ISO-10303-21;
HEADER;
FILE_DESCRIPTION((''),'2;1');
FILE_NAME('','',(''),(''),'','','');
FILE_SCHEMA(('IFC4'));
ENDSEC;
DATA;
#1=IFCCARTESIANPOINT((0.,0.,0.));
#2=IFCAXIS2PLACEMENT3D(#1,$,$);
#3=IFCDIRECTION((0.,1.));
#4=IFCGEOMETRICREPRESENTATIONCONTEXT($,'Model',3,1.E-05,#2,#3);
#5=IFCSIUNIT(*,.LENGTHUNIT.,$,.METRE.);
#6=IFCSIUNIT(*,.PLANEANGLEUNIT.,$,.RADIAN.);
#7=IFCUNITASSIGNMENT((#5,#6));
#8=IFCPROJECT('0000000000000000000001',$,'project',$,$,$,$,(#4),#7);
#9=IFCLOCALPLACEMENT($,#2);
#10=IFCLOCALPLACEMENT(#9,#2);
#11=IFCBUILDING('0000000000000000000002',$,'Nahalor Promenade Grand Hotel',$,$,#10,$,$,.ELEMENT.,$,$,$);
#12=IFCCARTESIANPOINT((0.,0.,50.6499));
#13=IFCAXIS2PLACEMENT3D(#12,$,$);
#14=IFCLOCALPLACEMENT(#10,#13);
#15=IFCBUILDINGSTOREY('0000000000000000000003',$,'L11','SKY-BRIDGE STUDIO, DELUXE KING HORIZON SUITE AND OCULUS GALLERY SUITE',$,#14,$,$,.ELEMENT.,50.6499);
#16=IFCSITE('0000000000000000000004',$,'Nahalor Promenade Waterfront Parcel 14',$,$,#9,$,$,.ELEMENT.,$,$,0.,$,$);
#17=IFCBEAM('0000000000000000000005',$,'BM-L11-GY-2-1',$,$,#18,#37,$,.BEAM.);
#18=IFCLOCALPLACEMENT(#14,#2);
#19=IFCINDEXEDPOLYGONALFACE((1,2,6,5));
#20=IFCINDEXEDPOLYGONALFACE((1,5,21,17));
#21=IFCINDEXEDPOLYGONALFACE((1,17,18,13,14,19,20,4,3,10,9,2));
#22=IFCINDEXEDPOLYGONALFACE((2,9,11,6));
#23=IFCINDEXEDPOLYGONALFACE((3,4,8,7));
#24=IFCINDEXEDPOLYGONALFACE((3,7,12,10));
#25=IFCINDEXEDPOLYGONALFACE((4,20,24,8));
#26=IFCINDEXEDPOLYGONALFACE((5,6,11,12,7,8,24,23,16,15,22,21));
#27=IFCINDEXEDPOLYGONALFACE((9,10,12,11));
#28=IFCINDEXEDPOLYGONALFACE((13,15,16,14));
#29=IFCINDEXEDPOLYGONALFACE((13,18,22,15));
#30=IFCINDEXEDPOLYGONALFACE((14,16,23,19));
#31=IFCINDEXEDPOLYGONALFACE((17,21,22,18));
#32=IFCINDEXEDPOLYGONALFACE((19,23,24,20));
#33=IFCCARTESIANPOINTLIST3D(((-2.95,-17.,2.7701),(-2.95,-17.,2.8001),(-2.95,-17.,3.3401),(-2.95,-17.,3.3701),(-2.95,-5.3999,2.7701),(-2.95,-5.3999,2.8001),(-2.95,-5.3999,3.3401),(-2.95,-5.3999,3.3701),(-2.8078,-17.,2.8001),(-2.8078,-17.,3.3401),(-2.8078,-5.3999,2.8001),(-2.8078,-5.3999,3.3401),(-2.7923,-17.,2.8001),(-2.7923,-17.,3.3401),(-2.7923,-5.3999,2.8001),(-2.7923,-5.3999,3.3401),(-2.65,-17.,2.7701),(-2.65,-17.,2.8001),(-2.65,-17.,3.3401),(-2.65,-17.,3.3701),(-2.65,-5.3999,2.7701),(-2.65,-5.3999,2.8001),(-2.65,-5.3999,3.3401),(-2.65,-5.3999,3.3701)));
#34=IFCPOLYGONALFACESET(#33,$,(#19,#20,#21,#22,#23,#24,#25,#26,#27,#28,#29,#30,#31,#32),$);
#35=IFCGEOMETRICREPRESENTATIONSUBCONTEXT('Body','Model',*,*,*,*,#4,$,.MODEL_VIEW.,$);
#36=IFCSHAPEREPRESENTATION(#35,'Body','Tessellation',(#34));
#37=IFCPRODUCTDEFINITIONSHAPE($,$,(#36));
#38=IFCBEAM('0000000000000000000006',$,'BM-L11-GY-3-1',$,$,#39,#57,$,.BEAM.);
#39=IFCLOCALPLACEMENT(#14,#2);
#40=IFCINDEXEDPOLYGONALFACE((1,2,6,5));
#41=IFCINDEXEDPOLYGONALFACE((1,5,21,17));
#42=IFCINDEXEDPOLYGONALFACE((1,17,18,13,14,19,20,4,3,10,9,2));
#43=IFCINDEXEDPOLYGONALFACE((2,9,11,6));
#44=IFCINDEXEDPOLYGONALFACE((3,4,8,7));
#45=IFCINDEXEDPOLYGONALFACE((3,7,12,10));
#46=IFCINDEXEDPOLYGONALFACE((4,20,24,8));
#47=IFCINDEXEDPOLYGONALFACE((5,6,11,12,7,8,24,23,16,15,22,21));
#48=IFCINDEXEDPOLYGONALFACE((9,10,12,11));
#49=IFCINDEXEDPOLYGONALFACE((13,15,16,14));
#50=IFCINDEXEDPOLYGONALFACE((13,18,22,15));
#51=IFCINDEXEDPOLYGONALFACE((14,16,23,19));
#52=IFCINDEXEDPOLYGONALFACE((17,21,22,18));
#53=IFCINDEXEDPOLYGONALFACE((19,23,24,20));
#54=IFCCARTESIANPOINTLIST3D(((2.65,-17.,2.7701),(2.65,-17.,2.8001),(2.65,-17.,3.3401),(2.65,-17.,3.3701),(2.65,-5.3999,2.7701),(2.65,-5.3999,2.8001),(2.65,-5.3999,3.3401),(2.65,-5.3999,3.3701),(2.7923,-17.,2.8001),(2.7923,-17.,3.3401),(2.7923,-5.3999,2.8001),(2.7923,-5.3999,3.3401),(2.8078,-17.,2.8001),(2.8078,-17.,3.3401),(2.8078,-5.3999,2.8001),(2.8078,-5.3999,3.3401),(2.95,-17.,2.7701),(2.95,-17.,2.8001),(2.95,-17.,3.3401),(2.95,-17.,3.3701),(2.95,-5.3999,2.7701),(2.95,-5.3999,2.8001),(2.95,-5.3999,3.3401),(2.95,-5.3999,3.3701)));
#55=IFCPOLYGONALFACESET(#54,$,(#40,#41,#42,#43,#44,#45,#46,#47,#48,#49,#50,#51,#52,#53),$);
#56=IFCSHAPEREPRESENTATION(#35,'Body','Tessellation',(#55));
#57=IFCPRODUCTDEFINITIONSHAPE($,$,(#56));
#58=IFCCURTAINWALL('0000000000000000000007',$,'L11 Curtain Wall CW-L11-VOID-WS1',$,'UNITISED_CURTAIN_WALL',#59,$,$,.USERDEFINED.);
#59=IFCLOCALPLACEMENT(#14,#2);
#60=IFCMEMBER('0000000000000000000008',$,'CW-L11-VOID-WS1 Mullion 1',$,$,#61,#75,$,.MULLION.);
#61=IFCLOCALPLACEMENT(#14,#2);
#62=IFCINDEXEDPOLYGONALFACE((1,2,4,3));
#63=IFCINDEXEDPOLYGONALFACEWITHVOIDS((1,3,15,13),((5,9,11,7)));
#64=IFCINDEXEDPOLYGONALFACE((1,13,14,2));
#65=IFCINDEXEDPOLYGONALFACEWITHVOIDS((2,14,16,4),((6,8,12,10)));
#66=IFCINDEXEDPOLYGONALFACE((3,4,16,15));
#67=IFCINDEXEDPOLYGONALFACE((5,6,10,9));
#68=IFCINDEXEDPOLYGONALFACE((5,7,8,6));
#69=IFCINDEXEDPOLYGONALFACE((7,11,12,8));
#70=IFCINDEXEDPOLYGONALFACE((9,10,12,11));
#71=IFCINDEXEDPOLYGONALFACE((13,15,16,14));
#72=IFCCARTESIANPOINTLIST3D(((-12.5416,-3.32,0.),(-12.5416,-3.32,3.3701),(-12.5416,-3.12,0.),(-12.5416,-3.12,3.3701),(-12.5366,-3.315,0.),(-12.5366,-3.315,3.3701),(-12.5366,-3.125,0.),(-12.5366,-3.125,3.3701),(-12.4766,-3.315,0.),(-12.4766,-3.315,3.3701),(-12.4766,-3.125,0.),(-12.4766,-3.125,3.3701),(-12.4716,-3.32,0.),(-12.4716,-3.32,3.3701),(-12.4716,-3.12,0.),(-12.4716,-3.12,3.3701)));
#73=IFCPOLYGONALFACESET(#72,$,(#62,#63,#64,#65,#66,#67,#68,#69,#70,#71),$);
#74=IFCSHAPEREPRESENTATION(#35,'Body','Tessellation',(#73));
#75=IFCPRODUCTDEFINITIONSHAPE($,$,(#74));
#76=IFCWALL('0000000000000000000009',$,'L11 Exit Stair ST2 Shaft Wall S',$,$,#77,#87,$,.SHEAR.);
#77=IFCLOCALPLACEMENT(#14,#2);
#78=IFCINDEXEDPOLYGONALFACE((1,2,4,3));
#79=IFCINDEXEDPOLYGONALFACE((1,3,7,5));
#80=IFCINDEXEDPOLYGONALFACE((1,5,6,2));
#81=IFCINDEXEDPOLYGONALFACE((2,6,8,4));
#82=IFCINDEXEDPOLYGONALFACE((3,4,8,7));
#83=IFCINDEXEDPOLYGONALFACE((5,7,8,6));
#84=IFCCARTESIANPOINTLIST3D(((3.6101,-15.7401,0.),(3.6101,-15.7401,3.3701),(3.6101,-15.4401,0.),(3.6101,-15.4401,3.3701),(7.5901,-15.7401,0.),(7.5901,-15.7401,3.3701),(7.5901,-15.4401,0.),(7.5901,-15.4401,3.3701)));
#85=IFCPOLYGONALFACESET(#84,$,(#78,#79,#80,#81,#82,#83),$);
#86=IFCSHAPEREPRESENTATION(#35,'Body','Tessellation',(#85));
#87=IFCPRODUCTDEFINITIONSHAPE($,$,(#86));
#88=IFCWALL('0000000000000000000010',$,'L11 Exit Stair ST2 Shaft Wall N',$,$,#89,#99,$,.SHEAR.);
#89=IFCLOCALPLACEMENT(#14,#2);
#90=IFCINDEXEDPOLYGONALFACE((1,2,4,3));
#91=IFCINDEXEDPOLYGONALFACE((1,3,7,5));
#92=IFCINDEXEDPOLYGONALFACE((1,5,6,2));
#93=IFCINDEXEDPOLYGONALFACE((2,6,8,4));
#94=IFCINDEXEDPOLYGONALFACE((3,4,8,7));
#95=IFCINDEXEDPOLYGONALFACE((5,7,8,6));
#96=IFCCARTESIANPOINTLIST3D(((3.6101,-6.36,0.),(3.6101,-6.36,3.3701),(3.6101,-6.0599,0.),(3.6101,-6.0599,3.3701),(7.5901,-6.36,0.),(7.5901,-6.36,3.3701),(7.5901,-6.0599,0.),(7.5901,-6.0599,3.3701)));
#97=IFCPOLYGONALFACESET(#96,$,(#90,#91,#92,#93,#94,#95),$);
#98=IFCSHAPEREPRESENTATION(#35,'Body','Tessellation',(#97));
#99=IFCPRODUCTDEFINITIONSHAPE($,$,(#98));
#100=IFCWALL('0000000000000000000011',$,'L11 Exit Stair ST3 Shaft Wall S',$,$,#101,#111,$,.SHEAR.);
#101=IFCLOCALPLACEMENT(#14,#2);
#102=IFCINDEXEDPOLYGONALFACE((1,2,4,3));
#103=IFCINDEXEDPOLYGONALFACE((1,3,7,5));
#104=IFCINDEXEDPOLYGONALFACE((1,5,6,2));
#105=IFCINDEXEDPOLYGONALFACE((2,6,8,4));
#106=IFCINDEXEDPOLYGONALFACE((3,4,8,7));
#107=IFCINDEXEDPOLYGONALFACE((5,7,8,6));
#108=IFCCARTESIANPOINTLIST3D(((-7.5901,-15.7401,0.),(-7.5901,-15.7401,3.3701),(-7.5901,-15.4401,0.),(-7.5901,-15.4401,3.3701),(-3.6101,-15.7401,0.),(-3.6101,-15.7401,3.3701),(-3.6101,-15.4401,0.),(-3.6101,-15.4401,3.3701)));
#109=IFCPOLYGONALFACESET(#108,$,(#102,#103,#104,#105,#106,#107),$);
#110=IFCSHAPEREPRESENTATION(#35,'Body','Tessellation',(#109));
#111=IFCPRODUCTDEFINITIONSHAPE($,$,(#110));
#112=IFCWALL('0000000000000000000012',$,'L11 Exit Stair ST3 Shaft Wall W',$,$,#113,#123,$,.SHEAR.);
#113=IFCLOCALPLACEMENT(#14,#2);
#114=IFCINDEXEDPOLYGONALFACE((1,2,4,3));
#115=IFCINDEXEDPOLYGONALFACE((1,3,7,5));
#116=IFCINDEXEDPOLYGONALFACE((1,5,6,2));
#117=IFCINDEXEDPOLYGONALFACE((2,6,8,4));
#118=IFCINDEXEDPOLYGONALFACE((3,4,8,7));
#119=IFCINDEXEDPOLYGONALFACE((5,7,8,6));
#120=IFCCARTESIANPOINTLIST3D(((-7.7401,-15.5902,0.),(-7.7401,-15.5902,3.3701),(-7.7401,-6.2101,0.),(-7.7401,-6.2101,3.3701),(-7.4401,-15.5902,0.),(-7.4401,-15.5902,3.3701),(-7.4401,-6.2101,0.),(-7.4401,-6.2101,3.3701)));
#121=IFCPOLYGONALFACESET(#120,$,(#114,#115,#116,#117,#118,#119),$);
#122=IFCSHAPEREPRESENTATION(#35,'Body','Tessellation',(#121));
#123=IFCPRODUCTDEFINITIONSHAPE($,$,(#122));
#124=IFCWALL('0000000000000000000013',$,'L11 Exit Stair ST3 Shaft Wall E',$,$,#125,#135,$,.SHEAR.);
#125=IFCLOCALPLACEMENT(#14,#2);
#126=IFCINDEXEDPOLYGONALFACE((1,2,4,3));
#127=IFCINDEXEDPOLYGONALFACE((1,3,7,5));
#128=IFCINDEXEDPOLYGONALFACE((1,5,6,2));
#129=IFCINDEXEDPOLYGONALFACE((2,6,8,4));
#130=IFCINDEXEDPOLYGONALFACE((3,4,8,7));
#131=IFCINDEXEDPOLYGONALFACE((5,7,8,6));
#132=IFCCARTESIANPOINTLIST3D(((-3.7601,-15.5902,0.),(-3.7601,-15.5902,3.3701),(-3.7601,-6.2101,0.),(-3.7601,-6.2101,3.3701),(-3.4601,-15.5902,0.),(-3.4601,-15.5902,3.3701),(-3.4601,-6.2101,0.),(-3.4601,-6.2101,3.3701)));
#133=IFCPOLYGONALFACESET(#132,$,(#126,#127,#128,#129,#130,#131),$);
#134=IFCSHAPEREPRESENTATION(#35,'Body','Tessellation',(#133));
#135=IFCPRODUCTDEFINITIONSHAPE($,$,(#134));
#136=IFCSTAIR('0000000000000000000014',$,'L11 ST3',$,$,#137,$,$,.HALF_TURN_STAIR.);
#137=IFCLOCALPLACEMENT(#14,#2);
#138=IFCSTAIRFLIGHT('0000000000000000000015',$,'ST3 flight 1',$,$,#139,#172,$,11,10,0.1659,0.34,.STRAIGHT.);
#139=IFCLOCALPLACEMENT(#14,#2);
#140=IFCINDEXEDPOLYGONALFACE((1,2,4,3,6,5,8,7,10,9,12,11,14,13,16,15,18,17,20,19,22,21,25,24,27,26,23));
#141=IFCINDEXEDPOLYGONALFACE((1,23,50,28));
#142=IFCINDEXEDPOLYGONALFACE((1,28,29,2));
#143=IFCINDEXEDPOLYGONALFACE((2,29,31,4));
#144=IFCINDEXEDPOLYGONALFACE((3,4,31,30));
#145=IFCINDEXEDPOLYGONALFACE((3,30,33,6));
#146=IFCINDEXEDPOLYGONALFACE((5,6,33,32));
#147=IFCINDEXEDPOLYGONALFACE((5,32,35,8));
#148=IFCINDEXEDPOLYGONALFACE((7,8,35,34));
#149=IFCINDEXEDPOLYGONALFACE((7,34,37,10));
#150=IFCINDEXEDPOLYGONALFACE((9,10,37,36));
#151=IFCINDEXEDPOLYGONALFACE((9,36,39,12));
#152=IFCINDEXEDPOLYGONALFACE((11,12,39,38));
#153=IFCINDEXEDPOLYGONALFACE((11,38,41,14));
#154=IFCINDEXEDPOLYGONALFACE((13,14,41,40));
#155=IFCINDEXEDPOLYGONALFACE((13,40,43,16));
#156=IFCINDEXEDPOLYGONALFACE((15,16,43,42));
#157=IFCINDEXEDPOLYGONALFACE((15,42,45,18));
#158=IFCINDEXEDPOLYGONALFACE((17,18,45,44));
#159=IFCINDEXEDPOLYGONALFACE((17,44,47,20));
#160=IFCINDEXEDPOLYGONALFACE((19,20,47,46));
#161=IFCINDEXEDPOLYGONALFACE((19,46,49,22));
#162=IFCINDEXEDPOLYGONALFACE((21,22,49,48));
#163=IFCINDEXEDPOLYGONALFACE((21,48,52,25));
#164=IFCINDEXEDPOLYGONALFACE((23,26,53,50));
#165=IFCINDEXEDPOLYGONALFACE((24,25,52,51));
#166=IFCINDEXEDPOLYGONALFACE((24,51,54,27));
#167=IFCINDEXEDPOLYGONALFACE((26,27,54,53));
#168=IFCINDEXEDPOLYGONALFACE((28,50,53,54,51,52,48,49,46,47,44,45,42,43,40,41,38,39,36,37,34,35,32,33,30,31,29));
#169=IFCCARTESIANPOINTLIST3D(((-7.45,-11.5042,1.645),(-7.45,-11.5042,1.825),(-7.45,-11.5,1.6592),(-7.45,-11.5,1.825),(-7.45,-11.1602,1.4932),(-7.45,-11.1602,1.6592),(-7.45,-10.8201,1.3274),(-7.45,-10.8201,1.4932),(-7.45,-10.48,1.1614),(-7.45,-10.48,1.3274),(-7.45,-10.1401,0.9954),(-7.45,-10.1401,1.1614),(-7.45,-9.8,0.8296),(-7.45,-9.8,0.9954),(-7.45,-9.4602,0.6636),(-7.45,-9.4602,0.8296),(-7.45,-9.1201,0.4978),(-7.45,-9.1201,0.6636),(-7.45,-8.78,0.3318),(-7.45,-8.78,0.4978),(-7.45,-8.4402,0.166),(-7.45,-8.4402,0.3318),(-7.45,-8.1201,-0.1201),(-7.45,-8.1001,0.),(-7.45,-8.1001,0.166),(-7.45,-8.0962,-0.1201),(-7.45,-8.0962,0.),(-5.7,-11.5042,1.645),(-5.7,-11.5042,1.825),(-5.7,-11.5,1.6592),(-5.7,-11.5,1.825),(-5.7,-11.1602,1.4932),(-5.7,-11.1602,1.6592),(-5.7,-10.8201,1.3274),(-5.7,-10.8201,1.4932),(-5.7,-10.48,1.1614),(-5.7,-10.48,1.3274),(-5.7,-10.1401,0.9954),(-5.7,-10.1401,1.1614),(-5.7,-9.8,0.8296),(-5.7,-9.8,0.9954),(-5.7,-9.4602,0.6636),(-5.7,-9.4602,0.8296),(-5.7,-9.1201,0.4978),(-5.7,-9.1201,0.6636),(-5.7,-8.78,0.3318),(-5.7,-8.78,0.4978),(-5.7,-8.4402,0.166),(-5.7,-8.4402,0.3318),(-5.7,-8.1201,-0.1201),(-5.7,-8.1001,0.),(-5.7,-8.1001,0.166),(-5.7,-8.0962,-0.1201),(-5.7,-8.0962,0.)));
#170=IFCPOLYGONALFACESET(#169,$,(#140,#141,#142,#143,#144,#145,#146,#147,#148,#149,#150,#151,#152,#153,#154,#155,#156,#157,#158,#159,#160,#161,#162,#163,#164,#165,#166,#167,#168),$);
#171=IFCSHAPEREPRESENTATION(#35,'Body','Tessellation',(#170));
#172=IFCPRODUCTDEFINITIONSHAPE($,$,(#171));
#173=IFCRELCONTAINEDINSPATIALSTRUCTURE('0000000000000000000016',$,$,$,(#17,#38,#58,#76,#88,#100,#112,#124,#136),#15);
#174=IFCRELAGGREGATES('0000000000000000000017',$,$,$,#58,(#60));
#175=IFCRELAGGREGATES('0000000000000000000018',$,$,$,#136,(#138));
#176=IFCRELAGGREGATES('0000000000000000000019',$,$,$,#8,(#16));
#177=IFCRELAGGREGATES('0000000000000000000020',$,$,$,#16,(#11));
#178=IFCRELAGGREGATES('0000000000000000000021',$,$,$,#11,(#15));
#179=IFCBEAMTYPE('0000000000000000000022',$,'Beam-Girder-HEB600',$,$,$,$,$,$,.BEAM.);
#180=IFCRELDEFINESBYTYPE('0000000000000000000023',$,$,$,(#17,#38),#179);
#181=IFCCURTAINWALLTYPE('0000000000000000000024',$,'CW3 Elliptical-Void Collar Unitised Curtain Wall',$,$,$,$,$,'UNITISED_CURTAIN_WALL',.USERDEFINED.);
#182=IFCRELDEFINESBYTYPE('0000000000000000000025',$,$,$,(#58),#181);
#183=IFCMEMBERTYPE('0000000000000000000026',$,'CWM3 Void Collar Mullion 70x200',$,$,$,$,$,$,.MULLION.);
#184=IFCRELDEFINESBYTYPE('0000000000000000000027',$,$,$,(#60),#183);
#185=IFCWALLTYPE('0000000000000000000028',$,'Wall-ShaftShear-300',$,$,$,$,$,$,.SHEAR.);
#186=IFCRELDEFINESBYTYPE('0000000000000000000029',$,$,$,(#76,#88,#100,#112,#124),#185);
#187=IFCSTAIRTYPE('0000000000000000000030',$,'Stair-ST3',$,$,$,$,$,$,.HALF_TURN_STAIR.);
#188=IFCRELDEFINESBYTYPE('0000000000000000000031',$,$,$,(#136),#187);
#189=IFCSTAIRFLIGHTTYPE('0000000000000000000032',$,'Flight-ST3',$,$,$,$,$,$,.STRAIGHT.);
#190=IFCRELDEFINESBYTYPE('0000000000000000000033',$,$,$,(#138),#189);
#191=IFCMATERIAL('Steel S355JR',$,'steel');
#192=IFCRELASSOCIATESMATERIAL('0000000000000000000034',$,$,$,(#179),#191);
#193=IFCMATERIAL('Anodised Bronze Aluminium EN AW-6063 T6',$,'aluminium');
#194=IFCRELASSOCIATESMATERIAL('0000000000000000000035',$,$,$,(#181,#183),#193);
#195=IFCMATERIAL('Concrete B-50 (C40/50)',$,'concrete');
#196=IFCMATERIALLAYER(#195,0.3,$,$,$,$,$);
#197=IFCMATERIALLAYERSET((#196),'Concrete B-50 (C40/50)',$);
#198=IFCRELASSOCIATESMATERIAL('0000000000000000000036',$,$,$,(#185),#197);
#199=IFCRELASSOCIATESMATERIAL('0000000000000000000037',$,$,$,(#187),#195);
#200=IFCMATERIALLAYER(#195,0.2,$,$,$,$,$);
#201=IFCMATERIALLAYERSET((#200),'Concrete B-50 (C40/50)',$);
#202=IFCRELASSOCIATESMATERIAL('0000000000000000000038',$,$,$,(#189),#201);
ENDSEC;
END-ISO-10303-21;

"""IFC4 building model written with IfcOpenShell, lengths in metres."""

from ifc_helpers import new_model, si_unit, direction, frame, frame_2d, origin, origin_2d, place, context, subcontext, project, spatial, polyline, rectangle, hollow_rectangle, i_section, outline, extrude, source, transform, mapped, material, layer, layer_set, material_profile, profile_set, type_object, element, aggregate, save


model = new_model("IFC4")

# Units and contexts
model_context = context("Model", 3, precision=1e-05, world=origin(), true_north=direction((0.0, 1.0)))
body_context = subcontext(model_context, "Body", "Model", "MODEL_VIEW")
ifc_project = project(units=[si_unit("LENGTHUNIT", "METRE"), si_unit("PLANEANGLEUNIT", "RADIAN")], contexts=[model_context])

# Site, building, storey
site_placement = place(None, origin())
site = spatial("IfcSite", under=ifc_project, at=site_placement, Name="Nahalor Promenade Waterfront Parcel 14", CompositionType="ELEMENT", RefElevation=0.0)
building_placement = place(site_placement, origin())
building = spatial("IfcBuilding", under=site, at=building_placement, Name="Nahalor Promenade Grand Hotel", CompositionType="ELEMENT")
storey_placement = place(building_placement, frame((0.0, 0.0, 50.6499)))
storey = spatial("IfcBuildingStorey", under=building, at=storey_placement, Name="L11", Description="SKY-BRIDGE STUDIO, DELUXE KING HORIZON SUITE AND OCULUS GALLERY SUITE", CompositionType="ELEMENT", Elevation=50.6499)

# Beams
ifc_material_1 = material(Name="Steel S355JR", Category="steel")
ifc_material_profile_1 = material_profile(ifc_material_1, i_section(OverallWidth=0.3, OverallDepth=0.6, WebThickness=0.0155, FlangeThickness=0.03, at=origin_2d()), Name="HEB 600")
ifc_profile_set_1 = profile_set([ifc_material_profile_1], Name="Steel S355JR")
beam_type = type_object("IfcBeamType", Name="Beam-Girder-HEB600", PredefinedType="BEAM", material=ifc_profile_set_1)
shared_shape_1 = source(origin(), body_context, "Body", "SweptSolid", [
    extrude(i_section(OverallWidth=0.3, OverallDepth=0.6, WebThickness=0.0155, FlangeThickness=0.03, at=origin_2d()), origin(), (0.0, 0.0, 1.0), 11.6001),
])
for number, where, z_axis, x_axis, name in (
    (1, (-2.8, -17.0, 3.0701), (0.0, 1.0, 0.0), (-1.0, 0.0, 0.0), "BM-L11-GY-2-1"),
    (2, (2.8, -17.0, 3.0701), (0.0, 1.0, 0.0), (-1.0, 0.0, 0.0), "BM-L11-GY-3-1"),
):
    element("IfcBeam", number, at=place(storey_placement, frame(where, z_axis=z_axis, x_axis=x_axis)), inside=storey, type_object=beam_type, Name=name, PredefinedType="BEAM", context=body_context, shape_type="MappedRepresentation", body=[
        mapped(shared_shape_1, transform((0.0, 0.0, 0.0), scale=1.0)),
    ])

# Curtain wall, member
ifc_material_2 = material(Name="Anodised Bronze Aluminium EN AW-6063 T6", Category="aluminium")
curtain_wall_type = type_object("IfcCurtainWallType", Name="CW3 Elliptical-Void Collar Unitised Curtain Wall", ElementType="UNITISED_CURTAIN_WALL", PredefinedType="USERDEFINED", material=ifc_material_2)
curtain_wall_placement = place(storey_placement, origin())
curtain_wall = element("IfcCurtainWall", 3, at=curtain_wall_placement, inside=storey, type_object=curtain_wall_type, Name="L11 Curtain Wall CW-L11-VOID-WS1", ObjectType="UNITISED_CURTAIN_WALL", PredefinedType="USERDEFINED")
ifc_material_profile_2 = material_profile(ifc_material_2, hollow_rectangle(XDim=0.07, YDim=0.2, WallThickness=0.005, at=origin_2d()), Name="CWM 70x200x5")
ifc_profile_set_2 = profile_set([ifc_material_profile_2], Name="Anodised Bronze Aluminium EN AW-6063 T6")
member_type = type_object("IfcMemberType", Name="CWM3 Void Collar Mullion 70x200", PredefinedType="MULLION", material=ifc_profile_set_2)
shared_shape_2 = source(origin(), body_context, "Body", "SweptSolid", [
    extrude(hollow_rectangle(XDim=0.07, YDim=0.2, WallThickness=0.005, at=origin_2d()), origin(), (0.0, 0.0, 1.0), 3.3701),
])
member_placement = place(storey_placement, frame((-12.5066, -3.22, 0.0), z_axis=(0.0, 0.0, 1.0), x_axis=(1.0, 0.0, 0.0)))
member = element("IfcMember", 4, at=member_placement, type_object=member_type, Name="CW-L11-VOID-WS1 Mullion 1", PredefinedType="MULLION", context=body_context, shape_type="MappedRepresentation", body=[
    mapped(shared_shape_2, transform((0.0, 0.0, 0.0), scale=1.0)),
])
aggregate(curtain_wall, [member])

# Walls
ifc_material_3 = material(Name="Concrete B-50 (C40/50)", Category="concrete")
ifc_layer_1 = layer(ifc_material_3, 0.3)
ifc_layer_set_1 = layer_set([ifc_layer_1], Name="Concrete B-50 (C40/50)")
wall_type_1 = type_object("IfcWallType", Name="Wall-ShaftShear-300", PredefinedType="SHEAR", material=ifc_layer_set_1)
shared_shape_3 = source(origin(), body_context, "Body", "SweptSolid", [
    extrude(rectangle(XDim=3.98, YDim=0.3, at=frame_2d((1.99, 0.0))), origin(), (0.0, 0.0, 1.0), 3.3701),
])
for number, where, z_axis, x_axis, name in (
    (5, (3.6101, -15.5901, 0.0), (0.0, 0.0, 1.0), (1.0, 0.0, 0.0), "L11 Exit Stair ST2 Shaft Wall S"),
    (6, (3.6101, -6.21, 0.0), (0.0, 0.0, 1.0), (1.0, 0.0, 0.0), "L11 Exit Stair ST2 Shaft Wall N"),
    (7, (-7.5901, -15.5901, 0.0), (0.0, 0.0, 1.0), (1.0, 0.0, 0.0), "L11 Exit Stair ST3 Shaft Wall S"),
):
    element("IfcWall", number, at=place(storey_placement, frame(where, z_axis=z_axis, x_axis=x_axis)), inside=storey, type_object=wall_type_1, Name=name, PredefinedType="SHEAR", context=body_context, shape_type="MappedRepresentation", body=[
        mapped(shared_shape_3, transform((0.0, 0.0, 0.0), scale=1.0)),
    ])

# Walls
shared_shape_4 = source(origin(), body_context, "Body", "SweptSolid", [
    extrude(rectangle(XDim=9.3801, YDim=0.3, at=frame_2d((4.6899, 0.0))), origin(), (0.0, 0.0, 1.0), 3.3701),
])
for number, where, z_axis, x_axis, name in (
    (8, (-7.5901, -15.5901, 0.0), (0.0, 0.0, 1.0), (0.0, 1.0, 0.0), "L11 Exit Stair ST3 Shaft Wall W"),
    (9, (-3.6101, -15.5901, 0.0), (0.0, 0.0, 1.0), (0.0, 1.0, 0.0), "L11 Exit Stair ST3 Shaft Wall E"),
):
    element("IfcWall", number, at=place(storey_placement, frame(where, z_axis=z_axis, x_axis=x_axis)), inside=storey, type_object=wall_type_1, Name=name, PredefinedType="SHEAR", context=body_context, shape_type="MappedRepresentation", body=[
        mapped(shared_shape_4, transform((0.0, 0.0, 0.0), scale=1.0)),
    ])

# Stair, stair flight
stair_type = type_object("IfcStairType", Name="Stair-ST3", PredefinedType="HALF_TURN_STAIR", material=ifc_material_3)
stair_placement = place(storey_placement, origin())
stair = element("IfcStair", 10, at=stair_placement, inside=storey, type_object=stair_type, Name="L11 ST3", PredefinedType="HALF_TURN_STAIR")
ifc_layer_2 = layer(ifc_material_3, 0.2)
ifc_layer_set_2 = layer_set([ifc_layer_2], Name="Concrete B-50 (C40/50)")
stair_flight_type = type_object("IfcStairFlightType", Name="Flight-ST3", PredefinedType="STRAIGHT", material=ifc_layer_set_2)
shared_shape_5 = source(origin(), body_context, "Body", "SweptSolid", [
    extrude(outline(polyline([(-0.0039, -0.1201), (-0.0039, 0.0), (0.0, 0.0), (0.0, 0.166), (0.3401, 0.166), (0.3401, 0.3318), (0.6799, 0.3318), (0.6799, 0.4978), (1.02, 0.4978), (1.02, 0.6636), (1.3601, 0.6636), (1.3601, 0.8296), (1.7, 0.8296), (1.7, 0.9954), (2.04, 0.9954), (2.04, 1.1614), (2.3799, 1.1614), (2.3799, 1.3274), (2.72, 1.3274), (2.72, 1.4932), (3.0601, 1.4932), (3.0601, 1.6592), (3.3999, 1.6592), (3.3999, 1.825), (3.4041, 1.825), (3.4041, 1.645), (0.02, -0.1201), (-0.0039, -0.1201)])), frame((0.0, 0.875, 0.0), z_axis=(0.0, -1.0, 0.0), x_axis=(1.0, 0.0, 0.0)), (0.0, 0.0, 1.0), 1.75),
])
stair_flight_1_placement = place(storey_placement, frame((-6.575, -8.1001, 0.0), z_axis=(0.0, 0.0, 1.0), x_axis=(0.0, -1.0, 0.0)))
stair_flight_1 = element("IfcStairFlight", 11, at=stair_flight_1_placement, type_object=stair_flight_type, Name="ST3 flight 1", NumberOfRisers=11, NumberOfTreads=10, PredefinedType="STRAIGHT", RiserHeight=0.1659, TreadLength=0.34, context=body_context, shape_type="MappedRepresentation", body=[
    mapped(shared_shape_5, transform((0.0, 0.0, 0.0), scale=1.0)),
])
aggregate(stair, [stair_flight_1])

save(model, "model.ifc")
